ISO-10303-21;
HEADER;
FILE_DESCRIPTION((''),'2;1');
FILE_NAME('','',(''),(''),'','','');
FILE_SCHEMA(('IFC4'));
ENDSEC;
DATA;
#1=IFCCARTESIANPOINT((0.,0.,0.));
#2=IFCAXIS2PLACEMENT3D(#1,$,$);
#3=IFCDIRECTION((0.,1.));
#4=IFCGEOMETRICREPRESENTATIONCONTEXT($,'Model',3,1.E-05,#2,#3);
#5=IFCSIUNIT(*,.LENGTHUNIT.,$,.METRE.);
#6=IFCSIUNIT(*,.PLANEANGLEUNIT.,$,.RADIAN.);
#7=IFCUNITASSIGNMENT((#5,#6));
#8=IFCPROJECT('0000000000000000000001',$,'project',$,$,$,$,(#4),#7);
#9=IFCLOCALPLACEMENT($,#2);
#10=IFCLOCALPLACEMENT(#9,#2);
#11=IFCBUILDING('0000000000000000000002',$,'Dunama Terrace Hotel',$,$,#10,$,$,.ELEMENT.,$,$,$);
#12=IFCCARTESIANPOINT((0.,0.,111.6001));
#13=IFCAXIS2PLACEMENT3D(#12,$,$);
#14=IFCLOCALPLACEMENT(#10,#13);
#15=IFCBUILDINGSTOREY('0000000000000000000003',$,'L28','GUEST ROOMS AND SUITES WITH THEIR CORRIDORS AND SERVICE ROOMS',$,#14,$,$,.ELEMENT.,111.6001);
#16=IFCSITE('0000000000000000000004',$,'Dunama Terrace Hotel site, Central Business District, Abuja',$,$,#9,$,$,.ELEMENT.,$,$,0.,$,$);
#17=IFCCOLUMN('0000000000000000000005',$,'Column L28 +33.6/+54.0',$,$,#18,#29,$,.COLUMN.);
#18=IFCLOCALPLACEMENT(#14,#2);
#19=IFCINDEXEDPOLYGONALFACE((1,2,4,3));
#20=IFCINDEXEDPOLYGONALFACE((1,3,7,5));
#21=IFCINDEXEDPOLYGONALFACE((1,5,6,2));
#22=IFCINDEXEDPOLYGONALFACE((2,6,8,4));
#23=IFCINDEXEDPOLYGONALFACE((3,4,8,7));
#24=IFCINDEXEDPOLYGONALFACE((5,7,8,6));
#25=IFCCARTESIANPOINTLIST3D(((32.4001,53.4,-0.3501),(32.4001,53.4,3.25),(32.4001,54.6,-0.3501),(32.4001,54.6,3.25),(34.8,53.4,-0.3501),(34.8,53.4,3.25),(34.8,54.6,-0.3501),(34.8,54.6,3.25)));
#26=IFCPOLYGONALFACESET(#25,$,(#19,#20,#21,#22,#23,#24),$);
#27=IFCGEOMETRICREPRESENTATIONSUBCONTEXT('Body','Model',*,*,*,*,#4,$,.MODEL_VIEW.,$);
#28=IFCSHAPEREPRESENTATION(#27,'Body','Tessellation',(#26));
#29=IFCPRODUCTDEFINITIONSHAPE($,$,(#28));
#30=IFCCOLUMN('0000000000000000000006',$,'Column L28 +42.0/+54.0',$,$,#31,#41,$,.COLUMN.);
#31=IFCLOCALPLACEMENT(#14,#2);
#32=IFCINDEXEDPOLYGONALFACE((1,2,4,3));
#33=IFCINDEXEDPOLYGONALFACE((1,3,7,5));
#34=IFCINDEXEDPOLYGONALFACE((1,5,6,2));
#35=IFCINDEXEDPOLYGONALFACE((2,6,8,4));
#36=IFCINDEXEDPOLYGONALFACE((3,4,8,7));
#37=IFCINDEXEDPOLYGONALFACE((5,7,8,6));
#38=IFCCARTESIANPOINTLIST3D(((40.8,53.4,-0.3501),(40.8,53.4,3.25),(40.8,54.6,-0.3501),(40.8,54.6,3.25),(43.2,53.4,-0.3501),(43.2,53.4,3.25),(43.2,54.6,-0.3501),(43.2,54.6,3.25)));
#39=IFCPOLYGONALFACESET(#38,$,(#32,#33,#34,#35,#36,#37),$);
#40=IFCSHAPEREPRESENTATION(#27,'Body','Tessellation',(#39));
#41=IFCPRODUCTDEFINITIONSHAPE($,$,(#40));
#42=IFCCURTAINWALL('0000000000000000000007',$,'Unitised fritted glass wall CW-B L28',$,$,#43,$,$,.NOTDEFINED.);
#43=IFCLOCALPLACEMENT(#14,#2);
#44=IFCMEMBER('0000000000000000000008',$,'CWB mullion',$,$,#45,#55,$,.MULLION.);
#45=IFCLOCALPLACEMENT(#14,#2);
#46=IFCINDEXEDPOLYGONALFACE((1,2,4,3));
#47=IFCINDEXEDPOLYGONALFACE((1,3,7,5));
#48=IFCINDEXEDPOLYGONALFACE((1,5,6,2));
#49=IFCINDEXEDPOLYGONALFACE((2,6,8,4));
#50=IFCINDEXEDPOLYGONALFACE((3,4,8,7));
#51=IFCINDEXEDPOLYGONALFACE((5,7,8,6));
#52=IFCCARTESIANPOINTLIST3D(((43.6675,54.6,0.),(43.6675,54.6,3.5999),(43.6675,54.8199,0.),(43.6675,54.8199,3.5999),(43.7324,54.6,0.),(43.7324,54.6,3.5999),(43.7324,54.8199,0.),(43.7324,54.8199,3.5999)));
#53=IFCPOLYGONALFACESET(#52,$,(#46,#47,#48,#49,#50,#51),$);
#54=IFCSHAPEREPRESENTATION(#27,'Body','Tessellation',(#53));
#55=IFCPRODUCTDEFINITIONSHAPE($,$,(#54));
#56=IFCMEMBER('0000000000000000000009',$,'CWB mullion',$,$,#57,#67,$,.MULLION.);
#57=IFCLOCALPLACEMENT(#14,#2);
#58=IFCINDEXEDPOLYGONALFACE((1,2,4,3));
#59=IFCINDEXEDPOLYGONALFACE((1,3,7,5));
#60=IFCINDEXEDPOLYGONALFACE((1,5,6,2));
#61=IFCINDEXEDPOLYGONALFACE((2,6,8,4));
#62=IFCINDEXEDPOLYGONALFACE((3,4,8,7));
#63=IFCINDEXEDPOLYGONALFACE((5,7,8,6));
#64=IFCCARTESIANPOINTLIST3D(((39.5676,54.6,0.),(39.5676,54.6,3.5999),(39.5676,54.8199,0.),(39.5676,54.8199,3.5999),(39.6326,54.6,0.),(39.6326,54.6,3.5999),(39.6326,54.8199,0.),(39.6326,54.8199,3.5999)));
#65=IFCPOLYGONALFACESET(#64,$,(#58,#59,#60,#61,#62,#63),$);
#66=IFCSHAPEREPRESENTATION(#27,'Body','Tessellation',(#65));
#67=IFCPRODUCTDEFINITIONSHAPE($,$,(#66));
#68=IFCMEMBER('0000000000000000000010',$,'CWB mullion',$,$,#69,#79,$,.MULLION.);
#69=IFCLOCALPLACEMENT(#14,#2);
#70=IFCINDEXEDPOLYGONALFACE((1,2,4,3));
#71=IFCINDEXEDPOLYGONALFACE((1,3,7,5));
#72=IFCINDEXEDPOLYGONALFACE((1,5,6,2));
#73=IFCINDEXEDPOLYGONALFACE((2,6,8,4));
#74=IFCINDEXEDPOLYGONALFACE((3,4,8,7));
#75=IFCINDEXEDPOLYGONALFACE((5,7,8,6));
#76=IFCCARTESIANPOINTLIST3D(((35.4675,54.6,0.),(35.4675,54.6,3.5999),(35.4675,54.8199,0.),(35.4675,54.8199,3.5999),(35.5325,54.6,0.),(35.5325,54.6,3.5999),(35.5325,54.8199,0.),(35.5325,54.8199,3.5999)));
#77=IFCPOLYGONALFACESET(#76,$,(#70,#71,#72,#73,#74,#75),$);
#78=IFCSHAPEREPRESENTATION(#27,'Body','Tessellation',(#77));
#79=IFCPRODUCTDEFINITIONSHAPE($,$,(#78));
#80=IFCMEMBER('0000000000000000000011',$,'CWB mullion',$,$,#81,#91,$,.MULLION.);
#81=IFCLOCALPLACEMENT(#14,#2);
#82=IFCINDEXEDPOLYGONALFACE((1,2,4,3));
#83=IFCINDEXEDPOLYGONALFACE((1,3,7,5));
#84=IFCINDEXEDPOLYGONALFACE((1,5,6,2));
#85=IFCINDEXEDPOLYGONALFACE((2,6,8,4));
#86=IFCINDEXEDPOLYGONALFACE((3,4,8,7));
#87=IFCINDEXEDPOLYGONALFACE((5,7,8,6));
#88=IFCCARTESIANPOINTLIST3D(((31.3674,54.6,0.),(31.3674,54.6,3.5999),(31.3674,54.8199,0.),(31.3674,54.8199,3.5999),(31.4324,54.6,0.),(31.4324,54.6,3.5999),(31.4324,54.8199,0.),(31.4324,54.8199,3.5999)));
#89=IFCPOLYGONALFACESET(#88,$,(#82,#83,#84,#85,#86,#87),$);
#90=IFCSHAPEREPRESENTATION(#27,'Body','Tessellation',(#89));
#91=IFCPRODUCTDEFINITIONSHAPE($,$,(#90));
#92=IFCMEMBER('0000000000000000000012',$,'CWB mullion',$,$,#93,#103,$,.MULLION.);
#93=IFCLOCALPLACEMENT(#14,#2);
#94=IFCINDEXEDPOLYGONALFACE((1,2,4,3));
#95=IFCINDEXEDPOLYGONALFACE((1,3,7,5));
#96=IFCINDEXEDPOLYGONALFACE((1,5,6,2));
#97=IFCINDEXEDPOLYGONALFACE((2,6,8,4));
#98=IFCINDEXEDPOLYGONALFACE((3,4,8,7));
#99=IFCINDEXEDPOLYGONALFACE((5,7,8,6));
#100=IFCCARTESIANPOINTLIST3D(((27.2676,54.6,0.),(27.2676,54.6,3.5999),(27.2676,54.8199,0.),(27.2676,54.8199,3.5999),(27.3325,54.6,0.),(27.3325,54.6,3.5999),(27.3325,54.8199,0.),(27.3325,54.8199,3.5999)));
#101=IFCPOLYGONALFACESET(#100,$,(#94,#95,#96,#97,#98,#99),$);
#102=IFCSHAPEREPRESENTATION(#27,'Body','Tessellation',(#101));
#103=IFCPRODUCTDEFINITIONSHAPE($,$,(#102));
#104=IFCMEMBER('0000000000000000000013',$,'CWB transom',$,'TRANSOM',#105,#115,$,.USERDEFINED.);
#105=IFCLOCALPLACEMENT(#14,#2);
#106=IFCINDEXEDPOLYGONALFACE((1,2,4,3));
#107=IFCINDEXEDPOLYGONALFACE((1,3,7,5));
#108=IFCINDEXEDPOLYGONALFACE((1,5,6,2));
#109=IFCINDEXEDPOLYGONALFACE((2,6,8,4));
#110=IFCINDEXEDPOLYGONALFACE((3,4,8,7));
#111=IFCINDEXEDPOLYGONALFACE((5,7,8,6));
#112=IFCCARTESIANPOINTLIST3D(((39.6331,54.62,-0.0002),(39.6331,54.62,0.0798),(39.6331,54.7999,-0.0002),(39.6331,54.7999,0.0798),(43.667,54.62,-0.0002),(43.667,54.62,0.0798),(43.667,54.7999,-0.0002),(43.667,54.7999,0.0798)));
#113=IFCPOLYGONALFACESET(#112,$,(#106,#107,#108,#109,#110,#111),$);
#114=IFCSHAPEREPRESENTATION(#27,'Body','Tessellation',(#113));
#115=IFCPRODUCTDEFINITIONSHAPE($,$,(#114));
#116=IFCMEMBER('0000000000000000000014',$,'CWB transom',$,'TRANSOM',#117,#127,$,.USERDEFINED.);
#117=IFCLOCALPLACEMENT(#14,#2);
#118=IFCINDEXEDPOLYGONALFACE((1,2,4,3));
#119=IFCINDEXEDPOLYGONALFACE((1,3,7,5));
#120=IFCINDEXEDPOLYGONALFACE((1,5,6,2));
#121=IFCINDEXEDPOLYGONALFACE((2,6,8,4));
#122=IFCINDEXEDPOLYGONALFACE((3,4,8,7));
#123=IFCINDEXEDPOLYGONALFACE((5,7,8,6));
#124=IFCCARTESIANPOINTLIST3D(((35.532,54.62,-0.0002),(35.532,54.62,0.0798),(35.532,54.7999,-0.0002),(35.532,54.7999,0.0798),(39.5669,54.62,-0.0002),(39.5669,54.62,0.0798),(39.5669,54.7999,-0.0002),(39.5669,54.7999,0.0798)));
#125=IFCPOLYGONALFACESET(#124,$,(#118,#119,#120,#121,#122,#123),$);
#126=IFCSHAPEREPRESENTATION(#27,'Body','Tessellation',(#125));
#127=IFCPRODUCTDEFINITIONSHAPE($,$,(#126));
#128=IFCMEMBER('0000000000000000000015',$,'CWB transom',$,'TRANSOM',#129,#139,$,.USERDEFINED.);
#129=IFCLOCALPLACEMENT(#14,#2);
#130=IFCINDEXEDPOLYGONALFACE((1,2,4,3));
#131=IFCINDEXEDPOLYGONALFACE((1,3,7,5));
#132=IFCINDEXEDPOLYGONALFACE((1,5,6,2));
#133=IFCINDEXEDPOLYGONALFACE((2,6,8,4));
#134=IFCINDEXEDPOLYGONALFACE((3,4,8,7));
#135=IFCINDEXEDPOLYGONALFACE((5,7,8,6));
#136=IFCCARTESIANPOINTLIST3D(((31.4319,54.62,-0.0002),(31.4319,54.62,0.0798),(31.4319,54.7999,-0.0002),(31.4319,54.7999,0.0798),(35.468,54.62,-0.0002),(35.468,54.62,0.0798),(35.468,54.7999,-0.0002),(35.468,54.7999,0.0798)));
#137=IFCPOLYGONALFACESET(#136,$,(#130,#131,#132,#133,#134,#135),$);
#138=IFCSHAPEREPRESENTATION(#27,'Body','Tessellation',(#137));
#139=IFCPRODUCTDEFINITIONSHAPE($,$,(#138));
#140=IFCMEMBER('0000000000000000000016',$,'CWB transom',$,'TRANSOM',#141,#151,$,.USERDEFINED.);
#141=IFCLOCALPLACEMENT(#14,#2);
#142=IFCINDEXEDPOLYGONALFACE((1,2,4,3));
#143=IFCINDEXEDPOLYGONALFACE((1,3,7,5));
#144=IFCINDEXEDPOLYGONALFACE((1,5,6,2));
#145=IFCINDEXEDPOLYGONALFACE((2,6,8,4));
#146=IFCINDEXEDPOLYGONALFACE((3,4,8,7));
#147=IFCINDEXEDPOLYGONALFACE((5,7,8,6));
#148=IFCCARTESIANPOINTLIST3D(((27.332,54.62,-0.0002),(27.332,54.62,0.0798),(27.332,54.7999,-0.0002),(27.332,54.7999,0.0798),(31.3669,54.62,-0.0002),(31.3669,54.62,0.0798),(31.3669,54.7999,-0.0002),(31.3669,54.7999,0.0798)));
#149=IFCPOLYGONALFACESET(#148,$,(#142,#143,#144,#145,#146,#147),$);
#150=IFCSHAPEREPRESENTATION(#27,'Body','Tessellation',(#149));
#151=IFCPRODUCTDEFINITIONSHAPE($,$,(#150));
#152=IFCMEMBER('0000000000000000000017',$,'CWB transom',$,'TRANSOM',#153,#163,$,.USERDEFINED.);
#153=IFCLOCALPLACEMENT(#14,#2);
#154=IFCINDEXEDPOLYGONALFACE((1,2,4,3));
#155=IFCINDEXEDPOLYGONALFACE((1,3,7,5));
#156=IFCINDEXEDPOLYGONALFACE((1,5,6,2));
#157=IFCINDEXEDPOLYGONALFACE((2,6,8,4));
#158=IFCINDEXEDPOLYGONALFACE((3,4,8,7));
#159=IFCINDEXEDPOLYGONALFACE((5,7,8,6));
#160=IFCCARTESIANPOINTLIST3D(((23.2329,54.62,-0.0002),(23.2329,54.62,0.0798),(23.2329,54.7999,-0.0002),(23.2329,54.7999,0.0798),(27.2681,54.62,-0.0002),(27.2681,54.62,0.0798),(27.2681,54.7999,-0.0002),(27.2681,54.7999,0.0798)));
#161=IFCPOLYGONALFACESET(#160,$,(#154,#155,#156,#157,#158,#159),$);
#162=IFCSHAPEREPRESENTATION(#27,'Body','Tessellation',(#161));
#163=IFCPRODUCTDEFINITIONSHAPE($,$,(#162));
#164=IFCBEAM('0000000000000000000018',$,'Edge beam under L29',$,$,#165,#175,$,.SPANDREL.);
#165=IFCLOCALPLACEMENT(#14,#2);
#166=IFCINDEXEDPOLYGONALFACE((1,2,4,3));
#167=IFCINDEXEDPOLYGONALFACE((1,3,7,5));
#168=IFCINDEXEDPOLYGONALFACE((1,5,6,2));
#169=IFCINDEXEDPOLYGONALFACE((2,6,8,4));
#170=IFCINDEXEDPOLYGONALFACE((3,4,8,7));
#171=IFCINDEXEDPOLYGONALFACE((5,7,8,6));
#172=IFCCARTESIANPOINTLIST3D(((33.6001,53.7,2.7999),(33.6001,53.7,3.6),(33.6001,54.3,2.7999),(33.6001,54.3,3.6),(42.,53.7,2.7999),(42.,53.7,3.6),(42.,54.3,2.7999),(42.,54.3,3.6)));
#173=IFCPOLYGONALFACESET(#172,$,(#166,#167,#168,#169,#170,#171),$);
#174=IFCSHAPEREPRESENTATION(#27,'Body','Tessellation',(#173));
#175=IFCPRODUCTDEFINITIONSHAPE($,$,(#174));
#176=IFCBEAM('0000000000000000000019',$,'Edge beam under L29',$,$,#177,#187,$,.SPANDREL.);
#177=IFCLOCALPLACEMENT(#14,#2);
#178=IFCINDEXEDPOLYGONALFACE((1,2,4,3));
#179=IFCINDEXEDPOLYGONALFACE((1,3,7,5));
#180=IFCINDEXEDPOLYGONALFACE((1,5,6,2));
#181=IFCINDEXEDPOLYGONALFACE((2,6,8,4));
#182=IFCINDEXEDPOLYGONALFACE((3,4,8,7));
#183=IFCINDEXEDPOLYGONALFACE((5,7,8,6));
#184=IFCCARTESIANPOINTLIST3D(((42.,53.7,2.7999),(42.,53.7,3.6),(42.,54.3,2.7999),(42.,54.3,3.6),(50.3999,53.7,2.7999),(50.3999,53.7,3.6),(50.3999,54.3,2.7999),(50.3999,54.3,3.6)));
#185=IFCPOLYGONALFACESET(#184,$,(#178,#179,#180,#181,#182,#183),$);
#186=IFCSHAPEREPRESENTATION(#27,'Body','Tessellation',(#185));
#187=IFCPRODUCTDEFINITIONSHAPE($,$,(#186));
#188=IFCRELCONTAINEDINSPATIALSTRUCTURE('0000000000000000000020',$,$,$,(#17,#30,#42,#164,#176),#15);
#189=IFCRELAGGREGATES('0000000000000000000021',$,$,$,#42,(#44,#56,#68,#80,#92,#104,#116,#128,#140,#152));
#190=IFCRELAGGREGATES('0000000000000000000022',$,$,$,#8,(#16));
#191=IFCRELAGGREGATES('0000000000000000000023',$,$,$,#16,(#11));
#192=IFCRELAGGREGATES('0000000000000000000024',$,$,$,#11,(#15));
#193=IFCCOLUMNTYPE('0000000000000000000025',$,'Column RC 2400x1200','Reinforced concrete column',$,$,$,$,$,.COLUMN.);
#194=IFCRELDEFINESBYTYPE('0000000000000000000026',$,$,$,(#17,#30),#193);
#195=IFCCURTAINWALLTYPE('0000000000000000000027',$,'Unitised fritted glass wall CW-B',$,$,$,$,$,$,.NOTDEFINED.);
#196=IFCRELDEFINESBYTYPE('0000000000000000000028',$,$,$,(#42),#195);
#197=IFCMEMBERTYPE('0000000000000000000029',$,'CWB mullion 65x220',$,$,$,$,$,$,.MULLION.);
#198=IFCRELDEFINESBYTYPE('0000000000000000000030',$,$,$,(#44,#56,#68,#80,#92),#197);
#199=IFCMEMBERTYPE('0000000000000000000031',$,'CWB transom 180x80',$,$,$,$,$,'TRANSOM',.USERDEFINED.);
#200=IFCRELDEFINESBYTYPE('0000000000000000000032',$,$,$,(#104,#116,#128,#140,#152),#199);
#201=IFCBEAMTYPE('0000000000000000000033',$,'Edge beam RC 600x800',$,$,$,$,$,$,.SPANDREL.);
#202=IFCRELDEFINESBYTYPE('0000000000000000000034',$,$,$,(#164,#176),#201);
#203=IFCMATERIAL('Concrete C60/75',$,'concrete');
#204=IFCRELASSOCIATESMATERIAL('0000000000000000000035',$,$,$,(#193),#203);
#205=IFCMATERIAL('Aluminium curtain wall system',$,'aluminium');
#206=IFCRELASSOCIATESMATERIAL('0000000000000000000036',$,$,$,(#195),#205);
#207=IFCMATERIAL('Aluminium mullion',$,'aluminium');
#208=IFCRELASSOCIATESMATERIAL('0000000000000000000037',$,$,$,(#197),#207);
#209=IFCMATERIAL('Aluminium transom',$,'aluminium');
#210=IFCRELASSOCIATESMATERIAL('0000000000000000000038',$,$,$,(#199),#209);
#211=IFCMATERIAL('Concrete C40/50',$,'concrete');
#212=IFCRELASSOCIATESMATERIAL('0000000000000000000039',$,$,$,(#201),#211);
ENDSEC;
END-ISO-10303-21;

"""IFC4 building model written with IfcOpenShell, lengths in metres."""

from ifc_helpers import new_model, si_unit, direction, frame, origin, origin_2d, place, context, subcontext, project, spatial, rectangle, extrude, material, material_profile, profile_set, type_object, element, aggregate, save


model = new_model("IFC4")

# Units and contexts
model_context = context("Model", 3, precision=1e-05, world=origin(), true_north=direction((0.0, 1.0)))
body_context = subcontext(model_context, "Body", "Model", "MODEL_VIEW")
ifc_project = project(units=[si_unit("LENGTHUNIT", "METRE"), si_unit("PLANEANGLEUNIT", "RADIAN")], contexts=[model_context])

# Site, building, storey
site_placement = place(None, origin())
site = spatial("IfcSite", under=ifc_project, at=site_placement, Name="Dunama Terrace Hotel site, Central Business District, Abuja", CompositionType="ELEMENT", RefElevation=0.0)
building_placement = place(site_placement, origin())
building = spatial("IfcBuilding", under=site, at=building_placement, Name="Dunama Terrace Hotel", CompositionType="ELEMENT")
storey_placement = place(building_placement, frame((0.0, 0.0, 111.6001)))
storey = spatial("IfcBuildingStorey", under=building, at=storey_placement, Name="L28", Description="GUEST ROOMS AND SUITES WITH THEIR CORRIDORS AND SERVICE ROOMS", CompositionType="ELEMENT", Elevation=111.6001)

# Columns
ifc_material_1 = material(Name="Concrete C60/75", Category="concrete")
ifc_material_profile_1 = material_profile(ifc_material_1, rectangle(XDim=2.3999, YDim=1.2, at=origin_2d()), Name="RC 2400x1200")
ifc_profile_set_1 = profile_set([ifc_material_profile_1], Name="Concrete C60/75")
column_type = type_object("IfcColumnType", Name="Column RC 2400x1200", Description="Reinforced concrete column", PredefinedType="COLUMN", material=ifc_profile_set_1)
for number, where, z_axis, x_axis, name in (
    (1, (33.6001, 54.0, -0.3501), (0.0, 0.0, 1.0), (1.0, 0.0, 0.0), "Column L28 +33.6/+54.0"),
    (2, (42.0, 54.0, -0.3501), (0.0, 0.0, 1.0), (1.0, 0.0, 0.0), "Column L28 +42.0/+54.0"),
):
    element("IfcColumn", number, at=place(storey_placement, frame(where, z_axis=z_axis, x_axis=x_axis)), inside=storey, type_object=column_type, Name=name, PredefinedType="COLUMN", context=body_context, shape_type="SweptSolid", body=[
        extrude(rectangle(XDim=2.3999, YDim=1.2, at=origin_2d()), origin(), (0.0, 0.0, 1.0), 3.6001),
    ])

# Curtain wall, members
ifc_material_2 = material(Name="Aluminium curtain wall system", Category="aluminium")
curtain_wall_type = type_object("IfcCurtainWallType", Name="Unitised fritted glass wall CW-B", PredefinedType="NOTDEFINED", material=ifc_material_2)
curtain_wall_placement = place(storey_placement, origin())
curtain_wall = element("IfcCurtainWall", 3, at=curtain_wall_placement, inside=storey, type_object=curtain_wall_type, Name="Unitised fritted glass wall CW-B L28", PredefinedType="NOTDEFINED")
ifc_material_3 = material(Name="Aluminium mullion", Category="aluminium")
ifc_material_profile_2 = material_profile(ifc_material_3, rectangle(XDim=0.0649, YDim=0.22, at=origin_2d()), Name="CWB MULLION 65X220")
ifc_profile_set_2 = profile_set([ifc_material_profile_2], Name="Aluminium mullion")
member_type_1 = type_object("IfcMemberType", Name="CWB mullion 65x220", PredefinedType="MULLION", material=ifc_profile_set_2)
member_1_placement = place(storey_placement, frame((43.7, 54.71, 0.0), z_axis=(0.0, 0.0, 1.0), x_axis=(-1.0, 0.0, 0.0)))
member_1 = element("IfcMember", 4, at=member_1_placement, type_object=member_type_1, Name="CWB mullion", PredefinedType="MULLION", context=body_context, shape_type="SweptSolid", body=[
    extrude(rectangle(XDim=0.0649, YDim=0.22, at=origin_2d()), origin(), (0.0, 0.0, 1.0), 3.5999),
])
member_2_placement = place(storey_placement, frame((39.6001, 54.71, 0.0), z_axis=(0.0, 0.0, 1.0), x_axis=(-1.0, 0.0, 0.0)))
member_2 = element("IfcMember", 5, at=member_2_placement, type_object=member_type_1, Name="CWB mullion", PredefinedType="MULLION", context=body_context, shape_type="SweptSolid", body=[
    extrude(rectangle(XDim=0.0649, YDim=0.22, at=origin_2d()), origin(), (0.0, 0.0, 1.0), 3.5999),
])
member_3_placement = place(storey_placement, frame((35.5, 54.71, 0.0), z_axis=(0.0, 0.0, 1.0), x_axis=(-1.0, 0.0, 0.0)))
member_3 = element("IfcMember", 6, at=member_3_placement, type_object=member_type_1, Name="CWB mullion", PredefinedType="MULLION", context=body_context, shape_type="SweptSolid", body=[
    extrude(rectangle(XDim=0.0649, YDim=0.22, at=origin_2d()), origin(), (0.0, 0.0, 1.0), 3.5999),
])
member_4_placement = place(storey_placement, frame((31.3999, 54.71, 0.0), z_axis=(0.0, 0.0, 1.0), x_axis=(-1.0, 0.0, 0.0)))
member_4 = element("IfcMember", 7, at=member_4_placement, type_object=member_type_1, Name="CWB mullion", PredefinedType="MULLION", context=body_context, shape_type="SweptSolid", body=[
    extrude(rectangle(XDim=0.0649, YDim=0.22, at=origin_2d()), origin(), (0.0, 0.0, 1.0), 3.5999),
])
member_5_placement = place(storey_placement, frame((27.3, 54.71, 0.0), z_axis=(0.0, 0.0, 1.0), x_axis=(-1.0, 0.0, 0.0)))
member_5 = element("IfcMember", 8, at=member_5_placement, type_object=member_type_1, Name="CWB mullion", PredefinedType="MULLION", context=body_context, shape_type="SweptSolid", body=[
    extrude(rectangle(XDim=0.0649, YDim=0.22, at=origin_2d()), origin(), (0.0, 0.0, 1.0), 3.5999),
])
ifc_material_4 = material(Name="Aluminium transom", Category="aluminium")
ifc_material_profile_3 = material_profile(ifc_material_4, rectangle(XDim=0.1799, YDim=0.0801, at=origin_2d()), Name="CWB TRANSOM 180X80")
ifc_profile_set_3 = profile_set([ifc_material_profile_3], Name="Aluminium transom")
member_type_2 = type_object("IfcMemberType", Name="CWB transom 180x80", ElementType="TRANSOM", PredefinedType="USERDEFINED", material=ifc_profile_set_3)
member_6_placement = place(storey_placement, frame((43.667, 54.71, 0.0398), z_axis=(-1.0, 0.0, 0.0), x_axis=(0.0, -1.0, 0.0)))
member_6 = element("IfcMember", 9, at=member_6_placement, type_object=member_type_2, Name="CWB transom", ObjectType="TRANSOM", PredefinedType="USERDEFINED", context=body_context, shape_type="SweptSolid", body=[
    extrude(rectangle(XDim=0.1799, YDim=0.0801, at=origin_2d()), origin(), (0.0, 0.0, 1.0), 4.0339),
])
member_7_placement = place(storey_placement, frame((39.5669, 54.71, 0.0398), z_axis=(-1.0, 0.0, 0.0), x_axis=(0.0, -1.0, 0.0)))
member_7 = element("IfcMember", 10, at=member_7_placement, type_object=member_type_2, Name="CWB transom", ObjectType="TRANSOM", PredefinedType="USERDEFINED", context=body_context, shape_type="SweptSolid", body=[
    extrude(rectangle(XDim=0.1799, YDim=0.0801, at=origin_2d()), origin(), (0.0, 0.0, 1.0), 4.0349),
])
member_8_placement = place(storey_placement, frame((35.468, 54.71, 0.0398), z_axis=(-1.0, 0.0, 0.0), x_axis=(0.0, -1.0, 0.0)))
member_8 = element("IfcMember", 11, at=member_8_placement, type_object=member_type_2, Name="CWB transom", ObjectType="TRANSOM", PredefinedType="USERDEFINED", context=body_context, shape_type="SweptSolid", body=[
    extrude(rectangle(XDim=0.1799, YDim=0.0801, at=origin_2d()), origin(), (0.0, 0.0, 1.0), 4.0361),
])
member_9_placement = place(storey_placement, frame((31.3669, 54.71, 0.0398), z_axis=(-1.0, 0.0, 0.0), x_axis=(0.0, -1.0, 0.0)))
member_9 = element("IfcMember", 12, at=member_9_placement, type_object=member_type_2, Name="CWB transom", ObjectType="TRANSOM", PredefinedType="USERDEFINED", context=body_context, shape_type="SweptSolid", body=[
    extrude(rectangle(XDim=0.1799, YDim=0.0801, at=origin_2d()), origin(), (0.0, 0.0, 1.0), 4.0349),
])
member_10_placement = place(storey_placement, frame((27.2681, 54.71, 0.0398), z_axis=(-1.0, 0.0, 0.0), x_axis=(0.0, -1.0, 0.0)))
member_10 = element("IfcMember", 13, at=member_10_placement, type_object=member_type_2, Name="CWB transom", ObjectType="TRANSOM", PredefinedType="USERDEFINED", context=body_context, shape_type="SweptSolid", body=[
    extrude(rectangle(XDim=0.1799, YDim=0.0801, at=origin_2d()), origin(), (0.0, 0.0, 1.0), 4.0352),
])

# Beams
ifc_material_5 = material(Name="Concrete C40/50", Category="concrete")
ifc_material_profile_4 = material_profile(ifc_material_5, rectangle(XDim=0.6001, YDim=0.8, at=origin_2d()), Name="RC 600x800")
ifc_profile_set_4 = profile_set([ifc_material_profile_4], Name="Concrete C40/50")
beam_type = type_object("IfcBeamType", Name="Edge beam RC 600x800", PredefinedType="SPANDREL", material=ifc_profile_set_4)
for number, where, z_axis, x_axis, name in (
    (14, (33.6001, 54.0, 3.2), (1.0, 0.0, 0.0), (0.0, 1.0, 0.0), "Edge beam under L29"),
    (15, (42.0, 54.0, 3.2), (1.0, 0.0, 0.0), (0.0, 1.0, 0.0), "Edge beam under L29"),
):
    element("IfcBeam", number, at=place(storey_placement, frame(where, z_axis=z_axis, x_axis=x_axis)), inside=storey, type_object=beam_type, Name=name, PredefinedType="SPANDREL", context=body_context, shape_type="SweptSolid", body=[
        extrude(rectangle(XDim=0.6001, YDim=0.8, at=origin_2d()), origin(), (0.0, 0.0, 1.0), 8.3999),
    ])

aggregate(curtain_wall, [member_1, member_2, member_3, member_4, member_5, member_6, member_7, member_8, member_9, member_10])

save(model, "model.ifc")
